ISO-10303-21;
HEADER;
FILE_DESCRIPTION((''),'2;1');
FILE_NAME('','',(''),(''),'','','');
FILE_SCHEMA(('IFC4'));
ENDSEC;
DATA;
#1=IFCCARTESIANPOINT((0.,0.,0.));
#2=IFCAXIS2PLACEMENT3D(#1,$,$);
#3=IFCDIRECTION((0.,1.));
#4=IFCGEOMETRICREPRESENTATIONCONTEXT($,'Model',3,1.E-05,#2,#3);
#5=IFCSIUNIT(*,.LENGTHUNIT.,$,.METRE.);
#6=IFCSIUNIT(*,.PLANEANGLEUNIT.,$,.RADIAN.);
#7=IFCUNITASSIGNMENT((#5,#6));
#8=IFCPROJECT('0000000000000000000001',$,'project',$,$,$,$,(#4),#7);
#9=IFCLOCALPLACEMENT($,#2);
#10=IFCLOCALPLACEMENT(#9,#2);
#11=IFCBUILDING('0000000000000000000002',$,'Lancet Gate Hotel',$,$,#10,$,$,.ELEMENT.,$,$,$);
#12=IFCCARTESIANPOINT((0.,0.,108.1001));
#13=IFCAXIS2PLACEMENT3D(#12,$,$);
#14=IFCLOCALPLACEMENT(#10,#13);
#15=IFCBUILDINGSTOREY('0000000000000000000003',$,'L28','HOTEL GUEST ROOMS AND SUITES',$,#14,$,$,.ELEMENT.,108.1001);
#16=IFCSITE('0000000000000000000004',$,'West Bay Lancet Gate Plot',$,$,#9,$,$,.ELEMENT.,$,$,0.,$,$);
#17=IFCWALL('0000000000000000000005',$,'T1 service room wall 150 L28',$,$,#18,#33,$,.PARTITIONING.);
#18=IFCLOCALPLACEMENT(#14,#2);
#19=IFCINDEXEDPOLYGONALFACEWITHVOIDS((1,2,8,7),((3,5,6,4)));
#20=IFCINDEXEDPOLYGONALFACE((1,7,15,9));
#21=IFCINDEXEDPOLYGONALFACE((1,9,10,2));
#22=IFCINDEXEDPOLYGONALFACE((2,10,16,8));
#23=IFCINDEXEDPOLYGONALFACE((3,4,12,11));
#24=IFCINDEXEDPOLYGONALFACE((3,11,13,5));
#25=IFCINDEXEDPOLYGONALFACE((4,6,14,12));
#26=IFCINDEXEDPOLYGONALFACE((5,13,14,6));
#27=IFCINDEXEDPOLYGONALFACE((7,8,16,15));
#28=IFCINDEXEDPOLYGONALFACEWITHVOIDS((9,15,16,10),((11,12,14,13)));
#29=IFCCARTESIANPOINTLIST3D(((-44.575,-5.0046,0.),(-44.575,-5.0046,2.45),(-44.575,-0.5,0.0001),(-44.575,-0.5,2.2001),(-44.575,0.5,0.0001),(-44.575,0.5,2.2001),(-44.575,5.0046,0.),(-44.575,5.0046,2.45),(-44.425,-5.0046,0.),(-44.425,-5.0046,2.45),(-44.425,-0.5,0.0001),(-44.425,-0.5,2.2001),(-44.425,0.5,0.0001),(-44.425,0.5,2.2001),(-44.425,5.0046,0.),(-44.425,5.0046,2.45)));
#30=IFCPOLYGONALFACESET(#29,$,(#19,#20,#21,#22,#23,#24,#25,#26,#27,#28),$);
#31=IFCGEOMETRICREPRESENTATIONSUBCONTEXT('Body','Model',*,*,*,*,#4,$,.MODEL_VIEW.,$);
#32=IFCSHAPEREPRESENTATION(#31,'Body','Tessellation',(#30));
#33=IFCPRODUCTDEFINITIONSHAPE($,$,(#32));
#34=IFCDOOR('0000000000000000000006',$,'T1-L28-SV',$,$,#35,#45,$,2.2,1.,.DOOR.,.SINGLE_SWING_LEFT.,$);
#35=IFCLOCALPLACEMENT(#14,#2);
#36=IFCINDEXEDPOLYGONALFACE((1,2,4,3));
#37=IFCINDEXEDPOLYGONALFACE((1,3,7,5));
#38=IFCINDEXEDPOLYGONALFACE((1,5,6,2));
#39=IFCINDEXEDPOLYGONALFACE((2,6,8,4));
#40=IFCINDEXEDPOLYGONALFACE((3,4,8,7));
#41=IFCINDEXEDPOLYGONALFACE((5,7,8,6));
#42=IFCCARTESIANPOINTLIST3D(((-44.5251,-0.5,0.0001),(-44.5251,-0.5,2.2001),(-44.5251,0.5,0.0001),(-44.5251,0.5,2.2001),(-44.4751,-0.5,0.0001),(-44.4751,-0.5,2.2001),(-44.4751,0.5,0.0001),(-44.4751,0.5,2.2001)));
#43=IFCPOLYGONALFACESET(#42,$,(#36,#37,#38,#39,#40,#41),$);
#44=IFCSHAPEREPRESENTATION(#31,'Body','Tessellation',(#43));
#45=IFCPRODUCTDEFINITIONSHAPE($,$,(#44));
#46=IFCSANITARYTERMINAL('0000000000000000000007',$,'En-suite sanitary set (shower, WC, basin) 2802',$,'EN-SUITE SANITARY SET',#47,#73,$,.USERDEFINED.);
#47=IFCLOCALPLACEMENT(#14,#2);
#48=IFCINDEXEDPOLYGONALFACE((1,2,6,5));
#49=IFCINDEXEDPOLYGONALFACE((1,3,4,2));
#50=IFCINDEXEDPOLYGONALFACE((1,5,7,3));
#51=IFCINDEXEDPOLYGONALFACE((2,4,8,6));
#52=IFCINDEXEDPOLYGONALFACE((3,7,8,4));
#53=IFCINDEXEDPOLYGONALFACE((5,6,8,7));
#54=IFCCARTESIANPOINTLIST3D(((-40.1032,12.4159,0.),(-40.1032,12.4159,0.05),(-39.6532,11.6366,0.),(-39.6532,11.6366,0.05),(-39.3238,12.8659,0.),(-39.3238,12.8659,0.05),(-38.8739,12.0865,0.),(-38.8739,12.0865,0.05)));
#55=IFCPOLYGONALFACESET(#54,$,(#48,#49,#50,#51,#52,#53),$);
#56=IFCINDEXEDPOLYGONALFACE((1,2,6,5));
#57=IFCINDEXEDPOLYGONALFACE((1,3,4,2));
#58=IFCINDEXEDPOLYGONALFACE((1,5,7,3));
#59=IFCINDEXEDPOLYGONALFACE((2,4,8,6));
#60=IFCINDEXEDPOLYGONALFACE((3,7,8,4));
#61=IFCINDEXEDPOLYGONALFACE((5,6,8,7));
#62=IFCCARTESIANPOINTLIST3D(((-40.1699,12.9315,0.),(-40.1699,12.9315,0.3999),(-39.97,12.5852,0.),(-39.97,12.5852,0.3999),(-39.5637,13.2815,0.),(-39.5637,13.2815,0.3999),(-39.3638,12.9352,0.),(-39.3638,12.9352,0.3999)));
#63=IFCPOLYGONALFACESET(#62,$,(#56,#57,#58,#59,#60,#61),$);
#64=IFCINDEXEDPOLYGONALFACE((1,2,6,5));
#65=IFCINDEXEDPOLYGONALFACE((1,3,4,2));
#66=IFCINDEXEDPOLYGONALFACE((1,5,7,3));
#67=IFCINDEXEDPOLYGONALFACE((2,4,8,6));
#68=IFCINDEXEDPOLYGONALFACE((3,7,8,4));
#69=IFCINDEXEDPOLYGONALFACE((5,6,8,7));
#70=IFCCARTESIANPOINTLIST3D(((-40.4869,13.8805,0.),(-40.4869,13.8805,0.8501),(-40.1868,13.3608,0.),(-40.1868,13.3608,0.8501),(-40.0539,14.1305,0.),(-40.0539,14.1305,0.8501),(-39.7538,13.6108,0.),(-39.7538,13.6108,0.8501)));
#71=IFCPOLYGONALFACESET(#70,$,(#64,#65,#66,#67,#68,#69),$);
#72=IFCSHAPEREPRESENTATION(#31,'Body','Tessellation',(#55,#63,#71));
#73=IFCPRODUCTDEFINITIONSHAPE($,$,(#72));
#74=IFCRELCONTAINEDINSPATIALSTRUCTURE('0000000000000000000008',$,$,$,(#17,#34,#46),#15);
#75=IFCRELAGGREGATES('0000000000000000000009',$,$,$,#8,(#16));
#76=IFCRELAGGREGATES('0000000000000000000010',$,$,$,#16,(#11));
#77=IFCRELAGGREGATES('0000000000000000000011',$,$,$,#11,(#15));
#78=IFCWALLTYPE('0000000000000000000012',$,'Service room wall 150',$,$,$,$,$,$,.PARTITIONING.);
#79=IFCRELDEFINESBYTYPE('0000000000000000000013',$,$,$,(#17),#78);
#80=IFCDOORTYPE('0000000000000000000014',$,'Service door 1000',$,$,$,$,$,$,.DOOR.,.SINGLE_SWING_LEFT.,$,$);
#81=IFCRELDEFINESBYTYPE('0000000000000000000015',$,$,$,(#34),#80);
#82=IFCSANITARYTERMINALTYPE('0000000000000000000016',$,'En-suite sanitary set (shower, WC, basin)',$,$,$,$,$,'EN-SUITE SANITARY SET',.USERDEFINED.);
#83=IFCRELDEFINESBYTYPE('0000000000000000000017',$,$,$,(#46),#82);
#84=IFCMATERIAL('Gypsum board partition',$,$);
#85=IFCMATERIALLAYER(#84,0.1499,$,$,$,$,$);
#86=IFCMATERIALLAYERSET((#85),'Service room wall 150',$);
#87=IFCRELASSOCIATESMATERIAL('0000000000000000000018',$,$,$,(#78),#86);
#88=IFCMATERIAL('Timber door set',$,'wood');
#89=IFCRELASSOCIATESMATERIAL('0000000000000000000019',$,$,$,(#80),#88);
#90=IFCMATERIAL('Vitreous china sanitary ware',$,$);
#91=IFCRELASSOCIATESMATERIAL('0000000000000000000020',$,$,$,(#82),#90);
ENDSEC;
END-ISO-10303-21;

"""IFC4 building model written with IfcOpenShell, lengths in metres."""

from ifc_helpers import new_model, si_unit, direction, frame, frame_2d, origin, origin_2d, place, context, subcontext, project, spatial, rectangle, extrude, material, layer, layer_set, type_object, element, fill, save


model = new_model("IFC4")

# Units and contexts
model_context = context("Model", 3, precision=1e-05, world=origin(), true_north=direction((0.0, 1.0)))
body_context = subcontext(model_context, "Body", "Model", "MODEL_VIEW")
ifc_project = project(units=[si_unit("LENGTHUNIT", "METRE"), si_unit("PLANEANGLEUNIT", "RADIAN")], contexts=[model_context])

# Site, building, storey
site_placement = place(None, origin())
site = spatial("IfcSite", under=ifc_project, at=site_placement, Name="West Bay Lancet Gate Plot", CompositionType="ELEMENT", RefElevation=0.0)
building_placement = place(site_placement, origin())
building = spatial("IfcBuilding", under=site, at=building_placement, Name="Lancet Gate Hotel", CompositionType="ELEMENT")
storey_placement = place(building_placement, frame((0.0, 0.0, 108.1001)))
storey = spatial("IfcBuildingStorey", under=building, at=storey_placement, Name="L28", Description="HOTEL GUEST ROOMS AND SUITES", CompositionType="ELEMENT", Elevation=108.1001)

# Wall, opening, door
ifc_material_1 = material(Name="Gypsum board partition")
ifc_layer_1 = layer(ifc_material_1, 0.1499)
ifc_layer_set_1 = layer_set([ifc_layer_1], Name="Service room wall 150")
wall_type_1 = type_object("IfcWallType", Name="Service room wall 150", PredefinedType="PARTITIONING", material=ifc_layer_set_1)
ifc_material_2 = material(Name="Timber door set", Category="wood")
door_type_1 = type_object("IfcDoorType", Name="Service door 1000", OperationType="SINGLE_SWING_LEFT", PredefinedType="DOOR", material=ifc_material_2)
wall_1_placement = place(storey_placement, frame((-44.5, 5.0046, 0.0), z_axis=(0.0, 0.0, 1.0), x_axis=(0.0, -1.0, 0.0)))
wall_1 = element("IfcWall", 1, at=wall_1_placement, inside=storey, type_object=wall_type_1, Name="T1 service room wall 150 L28", PredefinedType="PARTITIONING", context=body_context, shape_type="SweptSolid", body=[
    extrude(rectangle(XDim=10.0093, YDim=0.1499, at=frame_2d((5.0046, 0.0))), origin(), (0.0, 0.0, 1.0), 2.45),
])
opening_1_placement = place(wall_1_placement, frame((4.5046, 0.0, 0.0)))
opening_1 = element("IfcOpeningElement", 2, at=opening_1_placement, cuts=wall_1, PredefinedType="OPENING", context=body_context, shape_type="SweptSolid", body=[
    extrude(rectangle(XDim=1.0, YDim=2.2, at=frame_2d((0.5, 1.1001))), frame((0.0, 0.085, 0.0), z_axis=(0.0, -1.0, 0.0), x_axis=(1.0, 0.0, 0.0)), (0.0, 0.0, 1.0), 0.1699),
])
door_1_placement = place(opening_1_placement, origin())
door_1 = element("IfcDoor", 3, at=door_1_placement, inside=storey, type_object=door_type_1, Name="T1-L28-SV", OperationType="SINGLE_SWING_LEFT", OverallHeight=2.2, OverallWidth=1.0, PredefinedType="DOOR", context=body_context, shape_type="SweptSolid", body=[
    extrude(rectangle(XDim=1.0, YDim=2.2, at=frame_2d((0.5, 1.1001))), frame((0.0, 0.0249, 0.0), z_axis=(0.0, -1.0, 0.0), x_axis=(1.0, 0.0, 0.0)), (0.0, 0.0, 1.0), 0.05),
])
fill(opening_1, door_1)

# Sanitary terminal
ifc_material_3 = material(Name="Vitreous china sanitary ware")
sanitary_terminal_type = type_object("IfcSanitaryTerminalType", Name="En-suite sanitary set (shower, WC, basin)", ElementType="EN-SUITE SANITARY SET", PredefinedType="USERDEFINED", material=ifc_material_3)
sanitary_terminal_placement = place(storey_placement, frame((-39.4885, 12.2512, 0.0), z_axis=(0.0, 0.0, 1.0), x_axis=(1.0, 0.0, 0.0)))
element("IfcSanitaryTerminal", 4, at=sanitary_terminal_placement, inside=storey, type_object=sanitary_terminal_type, Name="En-suite sanitary set (shower, WC, basin) 2802", ObjectType="EN-SUITE SANITARY SET", PredefinedType="USERDEFINED", context=body_context, shape_type="SweptSolid", body=[
    extrude(rectangle(XDim=0.8999, YDim=0.8999, at=origin_2d()), frame((0.0, 0.0, 0.0), z_axis=(0.0, 0.0, 1.0), x_axis=(0.5, -0.866025, 0.0)), (0.0, 0.0, 1.0), 0.05),
    extrude(rectangle(XDim=0.3999, YDim=0.7, at=origin_2d()), frame((-0.2783, 0.6821, 0.0), z_axis=(0.0, 0.0, 1.0), x_axis=(0.5, -0.866025, 0.0)), (0.0, 0.0, 1.0), 0.3999),
    extrude(rectangle(XDim=0.6001, YDim=0.5, at=origin_2d()), frame((-0.6318, 1.4944, 0.0), z_axis=(0.0, 0.0, 1.0), x_axis=(0.5, -0.866025, 0.0)), (0.0, 0.0, 1.0), 0.8501),
])

save(model, "model.ifc")
